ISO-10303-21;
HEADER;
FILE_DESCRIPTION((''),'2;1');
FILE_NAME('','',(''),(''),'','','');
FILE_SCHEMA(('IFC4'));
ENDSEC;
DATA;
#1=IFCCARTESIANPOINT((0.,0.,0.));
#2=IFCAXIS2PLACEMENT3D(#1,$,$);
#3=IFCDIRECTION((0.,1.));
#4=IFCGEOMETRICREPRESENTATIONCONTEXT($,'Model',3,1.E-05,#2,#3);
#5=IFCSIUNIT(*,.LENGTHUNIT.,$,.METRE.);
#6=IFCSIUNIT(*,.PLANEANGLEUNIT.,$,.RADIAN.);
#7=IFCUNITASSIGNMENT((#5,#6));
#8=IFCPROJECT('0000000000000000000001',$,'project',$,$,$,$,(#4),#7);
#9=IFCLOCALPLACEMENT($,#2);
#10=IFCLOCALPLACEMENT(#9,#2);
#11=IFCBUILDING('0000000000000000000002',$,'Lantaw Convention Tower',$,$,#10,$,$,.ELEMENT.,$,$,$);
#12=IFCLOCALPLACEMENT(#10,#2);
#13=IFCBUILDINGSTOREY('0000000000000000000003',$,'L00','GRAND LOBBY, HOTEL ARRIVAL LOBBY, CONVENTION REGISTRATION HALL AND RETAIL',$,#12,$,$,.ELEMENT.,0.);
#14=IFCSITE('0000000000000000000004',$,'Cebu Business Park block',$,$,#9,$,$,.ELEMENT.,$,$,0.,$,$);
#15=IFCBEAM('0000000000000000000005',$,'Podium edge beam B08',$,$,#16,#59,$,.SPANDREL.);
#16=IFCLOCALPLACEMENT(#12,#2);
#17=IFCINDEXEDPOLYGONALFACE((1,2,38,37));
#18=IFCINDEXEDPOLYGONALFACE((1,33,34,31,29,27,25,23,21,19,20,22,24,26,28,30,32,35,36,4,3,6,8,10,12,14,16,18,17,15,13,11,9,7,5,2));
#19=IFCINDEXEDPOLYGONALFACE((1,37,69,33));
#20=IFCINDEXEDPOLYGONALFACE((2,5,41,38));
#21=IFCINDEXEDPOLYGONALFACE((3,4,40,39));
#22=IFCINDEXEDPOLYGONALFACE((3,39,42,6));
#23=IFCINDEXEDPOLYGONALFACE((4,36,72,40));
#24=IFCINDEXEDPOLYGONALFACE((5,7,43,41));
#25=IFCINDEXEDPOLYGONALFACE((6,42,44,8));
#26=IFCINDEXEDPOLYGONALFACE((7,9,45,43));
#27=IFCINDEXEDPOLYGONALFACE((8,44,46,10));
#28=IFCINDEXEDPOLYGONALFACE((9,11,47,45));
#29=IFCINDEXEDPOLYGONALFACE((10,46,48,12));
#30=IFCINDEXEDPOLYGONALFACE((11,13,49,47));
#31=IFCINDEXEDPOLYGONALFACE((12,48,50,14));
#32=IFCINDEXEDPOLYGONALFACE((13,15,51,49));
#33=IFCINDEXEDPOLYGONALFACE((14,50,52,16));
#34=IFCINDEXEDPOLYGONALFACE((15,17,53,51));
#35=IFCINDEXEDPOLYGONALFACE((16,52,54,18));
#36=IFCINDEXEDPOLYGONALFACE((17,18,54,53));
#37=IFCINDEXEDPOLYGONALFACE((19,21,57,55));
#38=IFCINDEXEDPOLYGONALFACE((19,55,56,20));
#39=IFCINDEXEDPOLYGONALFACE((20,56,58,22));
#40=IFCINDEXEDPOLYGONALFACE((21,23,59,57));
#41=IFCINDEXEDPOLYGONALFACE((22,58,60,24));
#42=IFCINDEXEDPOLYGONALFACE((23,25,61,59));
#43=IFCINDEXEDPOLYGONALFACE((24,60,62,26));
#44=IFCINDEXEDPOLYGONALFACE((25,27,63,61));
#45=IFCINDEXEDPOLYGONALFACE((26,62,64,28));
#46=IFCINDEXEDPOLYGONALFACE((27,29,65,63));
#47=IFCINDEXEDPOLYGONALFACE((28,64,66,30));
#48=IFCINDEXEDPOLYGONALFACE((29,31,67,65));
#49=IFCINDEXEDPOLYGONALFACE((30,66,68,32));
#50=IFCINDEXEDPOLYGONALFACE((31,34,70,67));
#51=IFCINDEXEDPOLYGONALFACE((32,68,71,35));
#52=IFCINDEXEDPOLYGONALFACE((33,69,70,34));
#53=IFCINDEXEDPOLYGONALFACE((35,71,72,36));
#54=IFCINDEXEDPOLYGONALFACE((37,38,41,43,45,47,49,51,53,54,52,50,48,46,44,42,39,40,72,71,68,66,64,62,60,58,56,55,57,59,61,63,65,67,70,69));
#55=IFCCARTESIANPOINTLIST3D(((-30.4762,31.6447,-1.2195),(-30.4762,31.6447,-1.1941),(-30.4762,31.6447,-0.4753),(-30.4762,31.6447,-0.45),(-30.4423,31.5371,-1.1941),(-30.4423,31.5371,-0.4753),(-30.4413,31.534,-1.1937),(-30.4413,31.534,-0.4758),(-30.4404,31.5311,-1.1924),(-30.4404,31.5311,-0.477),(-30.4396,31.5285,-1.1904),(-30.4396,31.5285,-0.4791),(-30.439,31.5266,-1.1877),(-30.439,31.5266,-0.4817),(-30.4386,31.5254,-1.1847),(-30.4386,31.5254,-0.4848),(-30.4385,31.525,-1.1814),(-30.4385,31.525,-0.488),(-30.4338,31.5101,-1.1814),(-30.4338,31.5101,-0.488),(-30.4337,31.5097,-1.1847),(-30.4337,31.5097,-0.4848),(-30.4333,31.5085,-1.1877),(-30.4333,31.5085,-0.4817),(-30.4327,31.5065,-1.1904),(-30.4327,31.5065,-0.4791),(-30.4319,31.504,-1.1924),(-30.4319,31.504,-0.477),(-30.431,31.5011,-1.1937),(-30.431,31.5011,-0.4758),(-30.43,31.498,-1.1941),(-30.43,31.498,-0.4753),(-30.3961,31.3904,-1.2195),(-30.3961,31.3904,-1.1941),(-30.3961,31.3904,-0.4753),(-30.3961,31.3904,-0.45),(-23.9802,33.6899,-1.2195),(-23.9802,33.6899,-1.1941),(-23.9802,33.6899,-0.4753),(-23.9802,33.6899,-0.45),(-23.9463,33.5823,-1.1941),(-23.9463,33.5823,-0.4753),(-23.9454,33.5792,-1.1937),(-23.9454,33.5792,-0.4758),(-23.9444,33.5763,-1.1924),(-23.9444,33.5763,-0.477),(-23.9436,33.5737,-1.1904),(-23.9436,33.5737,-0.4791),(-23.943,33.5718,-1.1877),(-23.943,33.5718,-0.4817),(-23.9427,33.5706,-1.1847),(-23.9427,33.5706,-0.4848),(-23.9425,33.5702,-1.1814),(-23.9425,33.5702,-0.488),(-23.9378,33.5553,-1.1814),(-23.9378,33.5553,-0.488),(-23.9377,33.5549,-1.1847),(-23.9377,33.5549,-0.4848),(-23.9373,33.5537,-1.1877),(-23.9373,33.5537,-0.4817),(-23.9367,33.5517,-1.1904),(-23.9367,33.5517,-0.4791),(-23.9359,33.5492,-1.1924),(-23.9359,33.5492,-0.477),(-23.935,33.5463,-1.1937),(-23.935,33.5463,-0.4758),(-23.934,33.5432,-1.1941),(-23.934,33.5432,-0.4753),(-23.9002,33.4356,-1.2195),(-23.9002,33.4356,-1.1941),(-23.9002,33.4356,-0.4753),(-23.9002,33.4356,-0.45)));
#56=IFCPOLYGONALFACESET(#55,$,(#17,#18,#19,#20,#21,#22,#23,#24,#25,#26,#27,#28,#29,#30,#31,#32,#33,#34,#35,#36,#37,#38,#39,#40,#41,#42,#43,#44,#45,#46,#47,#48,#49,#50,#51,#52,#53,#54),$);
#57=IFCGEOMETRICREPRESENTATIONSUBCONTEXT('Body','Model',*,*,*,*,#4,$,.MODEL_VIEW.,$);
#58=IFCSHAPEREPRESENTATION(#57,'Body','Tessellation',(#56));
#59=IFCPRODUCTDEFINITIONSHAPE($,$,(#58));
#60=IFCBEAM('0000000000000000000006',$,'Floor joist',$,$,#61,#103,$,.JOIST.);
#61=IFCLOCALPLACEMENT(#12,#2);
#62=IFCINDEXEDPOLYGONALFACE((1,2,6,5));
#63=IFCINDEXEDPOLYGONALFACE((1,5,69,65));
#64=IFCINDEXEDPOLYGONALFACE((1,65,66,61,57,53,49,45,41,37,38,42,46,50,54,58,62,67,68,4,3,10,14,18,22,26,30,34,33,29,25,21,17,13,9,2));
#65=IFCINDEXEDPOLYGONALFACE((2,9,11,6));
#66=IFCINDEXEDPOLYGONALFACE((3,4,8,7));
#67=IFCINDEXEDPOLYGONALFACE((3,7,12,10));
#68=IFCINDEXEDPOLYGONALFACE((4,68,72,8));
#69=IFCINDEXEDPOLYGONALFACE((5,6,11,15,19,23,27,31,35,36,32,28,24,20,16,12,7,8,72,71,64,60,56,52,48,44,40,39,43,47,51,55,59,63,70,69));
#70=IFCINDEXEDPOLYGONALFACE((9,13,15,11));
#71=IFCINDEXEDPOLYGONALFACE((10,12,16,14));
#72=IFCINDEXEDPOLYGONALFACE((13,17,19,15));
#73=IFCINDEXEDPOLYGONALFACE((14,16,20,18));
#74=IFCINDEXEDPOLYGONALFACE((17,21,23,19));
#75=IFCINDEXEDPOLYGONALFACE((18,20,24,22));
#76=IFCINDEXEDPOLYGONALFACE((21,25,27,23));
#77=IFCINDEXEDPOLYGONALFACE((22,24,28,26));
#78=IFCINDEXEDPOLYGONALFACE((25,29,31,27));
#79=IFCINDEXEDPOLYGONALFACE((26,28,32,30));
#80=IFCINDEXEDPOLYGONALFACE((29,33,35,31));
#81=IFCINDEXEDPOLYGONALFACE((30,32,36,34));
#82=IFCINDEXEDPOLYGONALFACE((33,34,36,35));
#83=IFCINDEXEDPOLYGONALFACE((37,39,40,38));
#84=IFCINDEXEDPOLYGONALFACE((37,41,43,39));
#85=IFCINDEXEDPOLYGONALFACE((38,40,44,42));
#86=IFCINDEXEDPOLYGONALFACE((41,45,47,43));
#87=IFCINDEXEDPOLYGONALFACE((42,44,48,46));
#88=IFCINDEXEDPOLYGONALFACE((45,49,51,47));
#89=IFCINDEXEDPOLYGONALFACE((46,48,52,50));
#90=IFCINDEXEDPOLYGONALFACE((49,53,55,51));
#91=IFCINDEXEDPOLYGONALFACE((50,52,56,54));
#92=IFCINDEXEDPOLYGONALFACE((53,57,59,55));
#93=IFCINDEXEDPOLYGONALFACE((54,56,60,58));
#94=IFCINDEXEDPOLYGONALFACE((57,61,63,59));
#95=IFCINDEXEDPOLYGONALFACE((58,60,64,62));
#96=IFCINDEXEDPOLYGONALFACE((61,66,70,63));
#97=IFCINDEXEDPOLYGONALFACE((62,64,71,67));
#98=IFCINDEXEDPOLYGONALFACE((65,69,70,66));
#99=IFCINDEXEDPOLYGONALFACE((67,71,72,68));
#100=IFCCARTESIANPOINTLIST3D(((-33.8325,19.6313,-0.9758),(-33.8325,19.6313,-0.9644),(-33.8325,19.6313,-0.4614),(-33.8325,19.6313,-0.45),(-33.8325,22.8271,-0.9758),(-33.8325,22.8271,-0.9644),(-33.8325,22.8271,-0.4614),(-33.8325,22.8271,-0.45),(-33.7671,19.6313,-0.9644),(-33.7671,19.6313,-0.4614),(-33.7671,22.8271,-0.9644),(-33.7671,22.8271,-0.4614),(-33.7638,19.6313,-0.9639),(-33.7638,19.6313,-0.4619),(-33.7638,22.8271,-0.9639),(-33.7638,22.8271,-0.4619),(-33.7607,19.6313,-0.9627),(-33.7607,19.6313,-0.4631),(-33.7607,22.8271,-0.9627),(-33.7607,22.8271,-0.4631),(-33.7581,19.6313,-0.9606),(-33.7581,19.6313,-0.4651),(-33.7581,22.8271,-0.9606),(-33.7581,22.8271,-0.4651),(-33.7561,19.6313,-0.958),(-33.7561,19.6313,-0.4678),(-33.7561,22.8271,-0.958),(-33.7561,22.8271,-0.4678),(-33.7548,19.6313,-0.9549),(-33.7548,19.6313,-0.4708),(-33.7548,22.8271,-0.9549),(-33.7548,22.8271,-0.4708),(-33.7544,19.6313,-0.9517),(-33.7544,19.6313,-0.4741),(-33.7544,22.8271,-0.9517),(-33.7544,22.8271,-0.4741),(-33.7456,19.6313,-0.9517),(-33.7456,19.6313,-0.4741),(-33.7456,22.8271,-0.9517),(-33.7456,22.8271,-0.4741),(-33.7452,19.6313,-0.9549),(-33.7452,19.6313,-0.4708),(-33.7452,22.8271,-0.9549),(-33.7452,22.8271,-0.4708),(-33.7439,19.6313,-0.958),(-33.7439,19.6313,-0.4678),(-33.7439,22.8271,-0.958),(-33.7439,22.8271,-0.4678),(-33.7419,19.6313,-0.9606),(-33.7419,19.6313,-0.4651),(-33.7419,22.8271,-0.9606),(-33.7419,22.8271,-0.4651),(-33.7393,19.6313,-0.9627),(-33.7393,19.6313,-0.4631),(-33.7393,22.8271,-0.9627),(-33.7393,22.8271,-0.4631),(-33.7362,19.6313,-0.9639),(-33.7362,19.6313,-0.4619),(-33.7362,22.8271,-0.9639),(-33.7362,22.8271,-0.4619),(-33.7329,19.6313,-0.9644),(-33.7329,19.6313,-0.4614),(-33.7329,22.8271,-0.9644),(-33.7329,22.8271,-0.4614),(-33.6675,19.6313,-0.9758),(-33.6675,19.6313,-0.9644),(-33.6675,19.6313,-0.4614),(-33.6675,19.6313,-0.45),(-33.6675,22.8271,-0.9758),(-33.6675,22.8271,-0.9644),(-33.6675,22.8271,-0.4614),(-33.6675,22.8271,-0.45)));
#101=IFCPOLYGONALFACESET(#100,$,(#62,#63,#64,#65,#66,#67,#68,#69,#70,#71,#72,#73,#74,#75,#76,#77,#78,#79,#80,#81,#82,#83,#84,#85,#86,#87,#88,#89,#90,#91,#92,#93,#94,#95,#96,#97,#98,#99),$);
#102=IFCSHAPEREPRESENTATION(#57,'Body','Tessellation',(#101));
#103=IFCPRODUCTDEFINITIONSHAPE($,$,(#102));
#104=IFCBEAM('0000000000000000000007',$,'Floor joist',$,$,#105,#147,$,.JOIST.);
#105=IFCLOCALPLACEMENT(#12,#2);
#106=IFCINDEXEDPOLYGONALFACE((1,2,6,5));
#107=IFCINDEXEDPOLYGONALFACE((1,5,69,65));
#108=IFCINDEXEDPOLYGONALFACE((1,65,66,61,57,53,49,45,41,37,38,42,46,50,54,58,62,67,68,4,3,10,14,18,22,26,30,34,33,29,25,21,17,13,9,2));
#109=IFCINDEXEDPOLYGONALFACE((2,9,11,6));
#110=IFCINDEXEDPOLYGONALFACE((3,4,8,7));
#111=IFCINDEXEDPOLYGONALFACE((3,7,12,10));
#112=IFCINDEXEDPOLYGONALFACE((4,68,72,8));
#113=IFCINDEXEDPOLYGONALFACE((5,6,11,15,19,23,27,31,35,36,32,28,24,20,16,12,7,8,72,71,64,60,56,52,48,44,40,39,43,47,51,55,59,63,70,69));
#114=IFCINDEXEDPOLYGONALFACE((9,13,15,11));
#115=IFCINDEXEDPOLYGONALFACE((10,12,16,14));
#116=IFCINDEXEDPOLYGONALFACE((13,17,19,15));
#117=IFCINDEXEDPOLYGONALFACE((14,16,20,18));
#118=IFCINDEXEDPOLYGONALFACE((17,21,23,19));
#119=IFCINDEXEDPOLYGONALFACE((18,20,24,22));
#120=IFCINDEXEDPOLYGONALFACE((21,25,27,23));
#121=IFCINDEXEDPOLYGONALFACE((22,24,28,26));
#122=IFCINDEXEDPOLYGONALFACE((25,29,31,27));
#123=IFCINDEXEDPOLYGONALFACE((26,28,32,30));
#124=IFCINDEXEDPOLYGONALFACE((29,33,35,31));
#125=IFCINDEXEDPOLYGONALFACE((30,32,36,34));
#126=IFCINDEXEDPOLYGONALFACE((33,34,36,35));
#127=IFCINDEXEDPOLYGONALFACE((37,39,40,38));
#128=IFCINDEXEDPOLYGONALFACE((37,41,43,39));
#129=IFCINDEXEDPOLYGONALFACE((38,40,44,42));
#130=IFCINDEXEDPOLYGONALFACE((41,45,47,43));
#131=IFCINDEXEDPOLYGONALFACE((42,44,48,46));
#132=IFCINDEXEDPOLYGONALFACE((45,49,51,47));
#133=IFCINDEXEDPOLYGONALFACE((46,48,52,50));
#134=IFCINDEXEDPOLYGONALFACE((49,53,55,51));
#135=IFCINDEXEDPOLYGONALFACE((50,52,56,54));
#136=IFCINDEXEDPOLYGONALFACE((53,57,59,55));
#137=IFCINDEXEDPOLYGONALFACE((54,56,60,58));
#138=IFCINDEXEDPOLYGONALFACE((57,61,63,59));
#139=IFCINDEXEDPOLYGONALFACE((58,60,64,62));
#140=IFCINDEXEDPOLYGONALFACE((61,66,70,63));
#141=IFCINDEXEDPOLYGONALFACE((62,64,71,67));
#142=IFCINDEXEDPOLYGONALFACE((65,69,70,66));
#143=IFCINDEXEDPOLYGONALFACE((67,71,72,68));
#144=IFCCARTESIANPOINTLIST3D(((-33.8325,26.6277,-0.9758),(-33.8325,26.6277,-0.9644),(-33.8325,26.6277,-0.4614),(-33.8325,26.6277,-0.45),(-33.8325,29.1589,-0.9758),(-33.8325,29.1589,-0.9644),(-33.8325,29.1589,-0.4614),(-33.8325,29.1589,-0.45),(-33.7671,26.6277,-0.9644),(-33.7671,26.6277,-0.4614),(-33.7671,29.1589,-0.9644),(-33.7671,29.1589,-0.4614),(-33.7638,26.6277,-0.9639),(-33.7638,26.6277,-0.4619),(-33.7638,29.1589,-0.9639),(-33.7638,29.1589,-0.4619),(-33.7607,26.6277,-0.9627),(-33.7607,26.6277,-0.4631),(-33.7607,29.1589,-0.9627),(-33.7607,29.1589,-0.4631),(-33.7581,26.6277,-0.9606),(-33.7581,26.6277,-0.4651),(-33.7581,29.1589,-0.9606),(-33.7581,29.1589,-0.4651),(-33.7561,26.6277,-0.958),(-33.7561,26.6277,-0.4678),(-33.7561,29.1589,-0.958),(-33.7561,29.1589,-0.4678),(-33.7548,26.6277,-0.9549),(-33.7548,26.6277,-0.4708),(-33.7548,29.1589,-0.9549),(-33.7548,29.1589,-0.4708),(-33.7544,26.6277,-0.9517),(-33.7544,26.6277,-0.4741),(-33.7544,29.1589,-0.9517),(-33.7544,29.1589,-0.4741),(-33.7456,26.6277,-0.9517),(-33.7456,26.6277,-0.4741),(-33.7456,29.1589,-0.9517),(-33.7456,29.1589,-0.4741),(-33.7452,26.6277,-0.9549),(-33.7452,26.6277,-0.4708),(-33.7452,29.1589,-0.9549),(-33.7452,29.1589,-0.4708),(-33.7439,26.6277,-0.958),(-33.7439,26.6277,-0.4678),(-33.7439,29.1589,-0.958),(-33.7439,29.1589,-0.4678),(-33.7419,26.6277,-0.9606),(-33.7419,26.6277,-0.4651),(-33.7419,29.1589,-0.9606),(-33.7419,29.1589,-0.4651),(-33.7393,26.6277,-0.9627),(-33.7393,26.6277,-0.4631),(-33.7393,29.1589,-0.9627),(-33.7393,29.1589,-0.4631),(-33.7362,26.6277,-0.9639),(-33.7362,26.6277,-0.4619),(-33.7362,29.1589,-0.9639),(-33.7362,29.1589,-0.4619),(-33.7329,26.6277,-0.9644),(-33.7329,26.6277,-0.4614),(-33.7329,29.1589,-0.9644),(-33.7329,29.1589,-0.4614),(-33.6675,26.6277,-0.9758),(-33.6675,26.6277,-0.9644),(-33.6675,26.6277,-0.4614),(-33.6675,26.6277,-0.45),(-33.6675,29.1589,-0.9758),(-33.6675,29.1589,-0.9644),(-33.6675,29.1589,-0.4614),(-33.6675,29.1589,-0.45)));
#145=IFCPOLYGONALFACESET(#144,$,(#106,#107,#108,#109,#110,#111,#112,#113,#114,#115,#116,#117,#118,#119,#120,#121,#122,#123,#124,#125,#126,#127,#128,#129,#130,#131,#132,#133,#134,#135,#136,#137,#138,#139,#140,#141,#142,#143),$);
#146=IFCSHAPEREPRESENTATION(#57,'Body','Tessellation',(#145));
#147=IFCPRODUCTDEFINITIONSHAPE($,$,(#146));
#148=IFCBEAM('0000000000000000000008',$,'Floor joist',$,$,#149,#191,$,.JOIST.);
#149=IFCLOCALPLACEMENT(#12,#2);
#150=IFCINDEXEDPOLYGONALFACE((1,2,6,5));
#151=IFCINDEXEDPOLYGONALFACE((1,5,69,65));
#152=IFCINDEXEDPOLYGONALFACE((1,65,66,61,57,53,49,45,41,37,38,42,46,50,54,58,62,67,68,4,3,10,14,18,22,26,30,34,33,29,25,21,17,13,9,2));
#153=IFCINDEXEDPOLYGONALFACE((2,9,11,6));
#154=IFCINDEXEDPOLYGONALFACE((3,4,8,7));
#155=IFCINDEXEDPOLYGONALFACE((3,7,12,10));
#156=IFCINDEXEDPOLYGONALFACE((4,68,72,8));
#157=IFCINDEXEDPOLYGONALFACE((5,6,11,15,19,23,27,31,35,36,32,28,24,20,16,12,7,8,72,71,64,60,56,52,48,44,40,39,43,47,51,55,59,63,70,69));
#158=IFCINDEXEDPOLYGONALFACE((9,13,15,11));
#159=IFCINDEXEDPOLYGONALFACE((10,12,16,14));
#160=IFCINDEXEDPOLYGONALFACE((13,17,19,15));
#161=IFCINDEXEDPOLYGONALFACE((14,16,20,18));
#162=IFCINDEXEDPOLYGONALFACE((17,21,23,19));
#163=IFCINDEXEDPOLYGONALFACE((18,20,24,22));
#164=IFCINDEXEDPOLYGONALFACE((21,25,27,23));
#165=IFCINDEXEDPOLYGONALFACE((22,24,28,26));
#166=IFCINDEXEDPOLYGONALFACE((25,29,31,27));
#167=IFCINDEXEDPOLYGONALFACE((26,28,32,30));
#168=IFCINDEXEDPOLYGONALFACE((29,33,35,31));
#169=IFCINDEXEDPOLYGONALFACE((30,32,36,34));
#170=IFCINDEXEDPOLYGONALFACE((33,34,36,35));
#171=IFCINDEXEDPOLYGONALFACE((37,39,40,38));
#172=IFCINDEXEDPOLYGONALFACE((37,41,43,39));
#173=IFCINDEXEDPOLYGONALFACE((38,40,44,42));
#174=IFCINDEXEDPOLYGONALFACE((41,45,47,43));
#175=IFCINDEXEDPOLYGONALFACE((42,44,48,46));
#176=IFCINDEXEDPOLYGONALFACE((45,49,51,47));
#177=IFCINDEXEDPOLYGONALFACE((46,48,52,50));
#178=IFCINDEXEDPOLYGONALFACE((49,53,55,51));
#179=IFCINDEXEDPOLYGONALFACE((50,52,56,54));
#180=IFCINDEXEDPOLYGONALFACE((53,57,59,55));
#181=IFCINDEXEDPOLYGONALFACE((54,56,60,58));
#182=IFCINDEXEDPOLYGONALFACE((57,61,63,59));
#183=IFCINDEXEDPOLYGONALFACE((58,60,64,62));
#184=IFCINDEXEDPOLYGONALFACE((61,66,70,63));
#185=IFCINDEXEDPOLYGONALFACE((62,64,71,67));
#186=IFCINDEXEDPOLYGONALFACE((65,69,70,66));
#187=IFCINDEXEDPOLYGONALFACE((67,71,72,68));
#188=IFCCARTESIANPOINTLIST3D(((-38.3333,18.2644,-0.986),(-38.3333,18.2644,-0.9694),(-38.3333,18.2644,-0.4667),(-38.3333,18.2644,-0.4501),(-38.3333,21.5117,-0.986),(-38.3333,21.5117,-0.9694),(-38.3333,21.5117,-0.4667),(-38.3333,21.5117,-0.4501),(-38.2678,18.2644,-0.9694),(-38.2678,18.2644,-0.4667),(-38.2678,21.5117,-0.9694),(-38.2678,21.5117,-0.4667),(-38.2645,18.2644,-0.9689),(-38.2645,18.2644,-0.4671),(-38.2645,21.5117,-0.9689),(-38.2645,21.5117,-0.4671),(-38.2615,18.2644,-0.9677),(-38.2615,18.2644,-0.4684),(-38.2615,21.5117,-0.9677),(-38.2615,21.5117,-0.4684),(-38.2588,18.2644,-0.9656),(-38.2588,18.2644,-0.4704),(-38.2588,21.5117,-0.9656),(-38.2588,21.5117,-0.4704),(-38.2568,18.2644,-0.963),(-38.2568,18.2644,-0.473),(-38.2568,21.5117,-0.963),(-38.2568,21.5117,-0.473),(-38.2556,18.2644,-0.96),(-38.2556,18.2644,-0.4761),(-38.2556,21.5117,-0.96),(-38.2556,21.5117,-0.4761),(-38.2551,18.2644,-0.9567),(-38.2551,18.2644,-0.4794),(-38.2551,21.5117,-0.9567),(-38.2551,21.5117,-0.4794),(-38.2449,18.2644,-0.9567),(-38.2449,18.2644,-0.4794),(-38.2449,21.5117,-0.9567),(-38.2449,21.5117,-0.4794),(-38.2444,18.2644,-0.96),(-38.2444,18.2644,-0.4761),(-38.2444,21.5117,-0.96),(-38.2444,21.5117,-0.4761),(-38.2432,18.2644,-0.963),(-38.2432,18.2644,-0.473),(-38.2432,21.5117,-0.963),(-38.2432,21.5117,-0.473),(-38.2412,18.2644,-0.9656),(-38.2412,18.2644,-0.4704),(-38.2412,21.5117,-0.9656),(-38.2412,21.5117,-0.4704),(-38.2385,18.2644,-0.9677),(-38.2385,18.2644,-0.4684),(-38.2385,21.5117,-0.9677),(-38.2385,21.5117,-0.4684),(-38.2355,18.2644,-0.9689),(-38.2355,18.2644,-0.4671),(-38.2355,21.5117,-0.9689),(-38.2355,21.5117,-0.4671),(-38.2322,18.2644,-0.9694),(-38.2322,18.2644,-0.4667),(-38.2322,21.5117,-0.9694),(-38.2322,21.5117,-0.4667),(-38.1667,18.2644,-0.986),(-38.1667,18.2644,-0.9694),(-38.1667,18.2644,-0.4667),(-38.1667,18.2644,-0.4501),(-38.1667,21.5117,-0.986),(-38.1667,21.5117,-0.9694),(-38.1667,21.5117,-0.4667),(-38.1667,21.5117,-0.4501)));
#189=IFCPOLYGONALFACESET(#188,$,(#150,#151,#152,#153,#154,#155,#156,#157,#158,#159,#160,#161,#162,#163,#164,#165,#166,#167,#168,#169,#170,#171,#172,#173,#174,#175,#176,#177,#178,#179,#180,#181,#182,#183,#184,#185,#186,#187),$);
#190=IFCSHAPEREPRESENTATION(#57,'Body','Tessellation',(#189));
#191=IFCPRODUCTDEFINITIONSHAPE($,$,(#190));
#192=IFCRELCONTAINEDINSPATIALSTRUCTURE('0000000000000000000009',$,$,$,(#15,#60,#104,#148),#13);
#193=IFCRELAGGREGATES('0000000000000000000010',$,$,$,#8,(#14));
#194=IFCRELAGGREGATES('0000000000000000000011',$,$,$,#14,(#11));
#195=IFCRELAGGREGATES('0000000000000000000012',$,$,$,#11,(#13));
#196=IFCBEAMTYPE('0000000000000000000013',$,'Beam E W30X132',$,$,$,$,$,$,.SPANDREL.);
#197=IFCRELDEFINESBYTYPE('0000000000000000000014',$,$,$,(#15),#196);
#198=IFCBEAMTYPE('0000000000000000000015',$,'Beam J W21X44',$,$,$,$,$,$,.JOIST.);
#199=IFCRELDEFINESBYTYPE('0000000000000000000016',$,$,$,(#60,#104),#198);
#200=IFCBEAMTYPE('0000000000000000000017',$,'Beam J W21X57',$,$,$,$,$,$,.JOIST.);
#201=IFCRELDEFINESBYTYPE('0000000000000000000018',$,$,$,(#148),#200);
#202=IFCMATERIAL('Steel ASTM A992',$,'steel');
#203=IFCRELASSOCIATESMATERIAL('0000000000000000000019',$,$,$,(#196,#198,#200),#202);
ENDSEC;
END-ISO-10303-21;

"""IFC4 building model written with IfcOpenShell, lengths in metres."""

from ifc_helpers import new_model, si_unit, direction, frame, origin, origin_2d, place, context, subcontext, project, spatial, i_section, extrude, material, material_profile, profile_set, type_object, element, save


model = new_model("IFC4")

# Units and contexts
model_context = context("Model", 3, precision=1e-05, world=origin(), true_north=direction((0.0, 1.0)))
body_context = subcontext(model_context, "Body", "Model", "MODEL_VIEW")
ifc_project = project(units=[si_unit("LENGTHUNIT", "METRE"), si_unit("PLANEANGLEUNIT", "RADIAN")], contexts=[model_context])

# Site, building, storey
site_placement = place(None, origin())
site = spatial("IfcSite", under=ifc_project, at=site_placement, Name="Cebu Business Park block", CompositionType="ELEMENT", RefElevation=0.0)
building_placement = place(site_placement, origin())
building = spatial("IfcBuilding", under=site, at=building_placement, Name="Lantaw Convention Tower", CompositionType="ELEMENT")
storey_placement = place(building_placement, origin())
storey = spatial("IfcBuildingStorey", under=building, at=storey_placement, Name="L00", Description="GRAND LOBBY, HOTEL ARRIVAL LOBBY, CONVENTION REGISTRATION HALL AND RETAIL", CompositionType="ELEMENT", Elevation=0.0)

# Beams
ifc_material_1 = material(Name="Steel ASTM A992", Category="steel")
ifc_material_profile_1 = material_profile(ifc_material_1, i_section(OverallWidth=0.2666, OverallDepth=0.7695, WebThickness=0.0156, FlangeThickness=0.0254, FilletRadius=0.0127, at=origin_2d()), Name="W30X132")
ifc_profile_set_1 = profile_set([ifc_material_profile_1], Name="Steel ASTM A992")
beam_type_1 = type_object("IfcBeamType", Name="Beam E W30X132", PredefinedType="SPANDREL", material=ifc_profile_set_1)
beam_1_placement = place(storey_placement, frame((-23.9402, 33.5627, -0.8347), z_axis=(-0.953842, -0.300309, 0.0), x_axis=(0.300309, -0.953842, 0.0)))
element("IfcBeam", 1, at=beam_1_placement, inside=storey, type_object=beam_type_1, Name="Podium edge beam B08", PredefinedType="SPANDREL", context=body_context, shape_type="SweptSolid", body=[
    extrude(i_section(OverallWidth=0.2666, OverallDepth=0.7695, WebThickness=0.0156, FlangeThickness=0.0254, FilletRadius=0.0127, at=origin_2d()), origin(), (0.0, 0.0, 1.0), 6.8103),
])
ifc_material_profile_2 = material_profile(ifc_material_1, i_section(OverallWidth=0.165, OverallDepth=0.5259, WebThickness=0.0088, FlangeThickness=0.0115, FilletRadius=0.0127, at=origin_2d()), Name="W21X44")
ifc_profile_set_2 = profile_set([ifc_material_profile_2], Name="Steel ASTM A992")
beam_type_2 = type_object("IfcBeamType", Name="Beam J W21X44", PredefinedType="JOIST", material=ifc_profile_set_2)
beam_2_placement = place(storey_placement, frame((-33.75, 19.6313, -0.7129), z_axis=(0.0, 1.0, 0.0), x_axis=(-1.0, 0.0, 0.0)))
element("IfcBeam", 2, at=beam_2_placement, inside=storey, type_object=beam_type_2, Name="Floor joist", PredefinedType="JOIST", context=body_context, shape_type="SweptSolid", body=[
    extrude(i_section(OverallWidth=0.165, OverallDepth=0.5259, WebThickness=0.0088, FlangeThickness=0.0115, FilletRadius=0.0127, at=origin_2d()), origin(), (0.0, 0.0, 1.0), 3.1958),
])
beam_3_placement = place(storey_placement, frame((-33.75, 26.6277, -0.7129), z_axis=(0.0, 1.0, 0.0), x_axis=(-1.0, 0.0, 0.0)))
element("IfcBeam", 3, at=beam_3_placement, inside=storey, type_object=beam_type_2, Name="Floor joist", PredefinedType="JOIST", context=body_context, shape_type="SweptSolid", body=[
    extrude(i_section(OverallWidth=0.165, OverallDepth=0.5259, WebThickness=0.0088, FlangeThickness=0.0115, FilletRadius=0.0127, at=origin_2d()), origin(), (0.0, 0.0, 1.0), 2.5312),
])
ifc_material_profile_3 = material_profile(ifc_material_1, i_section(OverallWidth=0.1665, OverallDepth=0.5359, WebThickness=0.0103, FlangeThickness=0.0166, FilletRadius=0.0127, at=origin_2d()), Name="W21X57")
ifc_profile_set_3 = profile_set([ifc_material_profile_3], Name="Steel ASTM A992")
beam_type_3 = type_object("IfcBeamType", Name="Beam J W21X57", PredefinedType="JOIST", material=ifc_profile_set_3)
beam_4_placement = place(storey_placement, frame((-38.25, 18.2644, -0.718), z_axis=(0.0, 1.0, 0.0), x_axis=(-1.0, 0.0, 0.0)))
element("IfcBeam", 4, at=beam_4_placement, inside=storey, type_object=beam_type_3, Name="Floor joist", PredefinedType="JOIST", context=body_context, shape_type="SweptSolid", body=[
    extrude(i_section(OverallWidth=0.1665, OverallDepth=0.5359, WebThickness=0.0103, FlangeThickness=0.0166, FilletRadius=0.0127, at=origin_2d()), origin(), (0.0, 0.0, 1.0), 3.2473),
])

save(model, "model.ifc")
